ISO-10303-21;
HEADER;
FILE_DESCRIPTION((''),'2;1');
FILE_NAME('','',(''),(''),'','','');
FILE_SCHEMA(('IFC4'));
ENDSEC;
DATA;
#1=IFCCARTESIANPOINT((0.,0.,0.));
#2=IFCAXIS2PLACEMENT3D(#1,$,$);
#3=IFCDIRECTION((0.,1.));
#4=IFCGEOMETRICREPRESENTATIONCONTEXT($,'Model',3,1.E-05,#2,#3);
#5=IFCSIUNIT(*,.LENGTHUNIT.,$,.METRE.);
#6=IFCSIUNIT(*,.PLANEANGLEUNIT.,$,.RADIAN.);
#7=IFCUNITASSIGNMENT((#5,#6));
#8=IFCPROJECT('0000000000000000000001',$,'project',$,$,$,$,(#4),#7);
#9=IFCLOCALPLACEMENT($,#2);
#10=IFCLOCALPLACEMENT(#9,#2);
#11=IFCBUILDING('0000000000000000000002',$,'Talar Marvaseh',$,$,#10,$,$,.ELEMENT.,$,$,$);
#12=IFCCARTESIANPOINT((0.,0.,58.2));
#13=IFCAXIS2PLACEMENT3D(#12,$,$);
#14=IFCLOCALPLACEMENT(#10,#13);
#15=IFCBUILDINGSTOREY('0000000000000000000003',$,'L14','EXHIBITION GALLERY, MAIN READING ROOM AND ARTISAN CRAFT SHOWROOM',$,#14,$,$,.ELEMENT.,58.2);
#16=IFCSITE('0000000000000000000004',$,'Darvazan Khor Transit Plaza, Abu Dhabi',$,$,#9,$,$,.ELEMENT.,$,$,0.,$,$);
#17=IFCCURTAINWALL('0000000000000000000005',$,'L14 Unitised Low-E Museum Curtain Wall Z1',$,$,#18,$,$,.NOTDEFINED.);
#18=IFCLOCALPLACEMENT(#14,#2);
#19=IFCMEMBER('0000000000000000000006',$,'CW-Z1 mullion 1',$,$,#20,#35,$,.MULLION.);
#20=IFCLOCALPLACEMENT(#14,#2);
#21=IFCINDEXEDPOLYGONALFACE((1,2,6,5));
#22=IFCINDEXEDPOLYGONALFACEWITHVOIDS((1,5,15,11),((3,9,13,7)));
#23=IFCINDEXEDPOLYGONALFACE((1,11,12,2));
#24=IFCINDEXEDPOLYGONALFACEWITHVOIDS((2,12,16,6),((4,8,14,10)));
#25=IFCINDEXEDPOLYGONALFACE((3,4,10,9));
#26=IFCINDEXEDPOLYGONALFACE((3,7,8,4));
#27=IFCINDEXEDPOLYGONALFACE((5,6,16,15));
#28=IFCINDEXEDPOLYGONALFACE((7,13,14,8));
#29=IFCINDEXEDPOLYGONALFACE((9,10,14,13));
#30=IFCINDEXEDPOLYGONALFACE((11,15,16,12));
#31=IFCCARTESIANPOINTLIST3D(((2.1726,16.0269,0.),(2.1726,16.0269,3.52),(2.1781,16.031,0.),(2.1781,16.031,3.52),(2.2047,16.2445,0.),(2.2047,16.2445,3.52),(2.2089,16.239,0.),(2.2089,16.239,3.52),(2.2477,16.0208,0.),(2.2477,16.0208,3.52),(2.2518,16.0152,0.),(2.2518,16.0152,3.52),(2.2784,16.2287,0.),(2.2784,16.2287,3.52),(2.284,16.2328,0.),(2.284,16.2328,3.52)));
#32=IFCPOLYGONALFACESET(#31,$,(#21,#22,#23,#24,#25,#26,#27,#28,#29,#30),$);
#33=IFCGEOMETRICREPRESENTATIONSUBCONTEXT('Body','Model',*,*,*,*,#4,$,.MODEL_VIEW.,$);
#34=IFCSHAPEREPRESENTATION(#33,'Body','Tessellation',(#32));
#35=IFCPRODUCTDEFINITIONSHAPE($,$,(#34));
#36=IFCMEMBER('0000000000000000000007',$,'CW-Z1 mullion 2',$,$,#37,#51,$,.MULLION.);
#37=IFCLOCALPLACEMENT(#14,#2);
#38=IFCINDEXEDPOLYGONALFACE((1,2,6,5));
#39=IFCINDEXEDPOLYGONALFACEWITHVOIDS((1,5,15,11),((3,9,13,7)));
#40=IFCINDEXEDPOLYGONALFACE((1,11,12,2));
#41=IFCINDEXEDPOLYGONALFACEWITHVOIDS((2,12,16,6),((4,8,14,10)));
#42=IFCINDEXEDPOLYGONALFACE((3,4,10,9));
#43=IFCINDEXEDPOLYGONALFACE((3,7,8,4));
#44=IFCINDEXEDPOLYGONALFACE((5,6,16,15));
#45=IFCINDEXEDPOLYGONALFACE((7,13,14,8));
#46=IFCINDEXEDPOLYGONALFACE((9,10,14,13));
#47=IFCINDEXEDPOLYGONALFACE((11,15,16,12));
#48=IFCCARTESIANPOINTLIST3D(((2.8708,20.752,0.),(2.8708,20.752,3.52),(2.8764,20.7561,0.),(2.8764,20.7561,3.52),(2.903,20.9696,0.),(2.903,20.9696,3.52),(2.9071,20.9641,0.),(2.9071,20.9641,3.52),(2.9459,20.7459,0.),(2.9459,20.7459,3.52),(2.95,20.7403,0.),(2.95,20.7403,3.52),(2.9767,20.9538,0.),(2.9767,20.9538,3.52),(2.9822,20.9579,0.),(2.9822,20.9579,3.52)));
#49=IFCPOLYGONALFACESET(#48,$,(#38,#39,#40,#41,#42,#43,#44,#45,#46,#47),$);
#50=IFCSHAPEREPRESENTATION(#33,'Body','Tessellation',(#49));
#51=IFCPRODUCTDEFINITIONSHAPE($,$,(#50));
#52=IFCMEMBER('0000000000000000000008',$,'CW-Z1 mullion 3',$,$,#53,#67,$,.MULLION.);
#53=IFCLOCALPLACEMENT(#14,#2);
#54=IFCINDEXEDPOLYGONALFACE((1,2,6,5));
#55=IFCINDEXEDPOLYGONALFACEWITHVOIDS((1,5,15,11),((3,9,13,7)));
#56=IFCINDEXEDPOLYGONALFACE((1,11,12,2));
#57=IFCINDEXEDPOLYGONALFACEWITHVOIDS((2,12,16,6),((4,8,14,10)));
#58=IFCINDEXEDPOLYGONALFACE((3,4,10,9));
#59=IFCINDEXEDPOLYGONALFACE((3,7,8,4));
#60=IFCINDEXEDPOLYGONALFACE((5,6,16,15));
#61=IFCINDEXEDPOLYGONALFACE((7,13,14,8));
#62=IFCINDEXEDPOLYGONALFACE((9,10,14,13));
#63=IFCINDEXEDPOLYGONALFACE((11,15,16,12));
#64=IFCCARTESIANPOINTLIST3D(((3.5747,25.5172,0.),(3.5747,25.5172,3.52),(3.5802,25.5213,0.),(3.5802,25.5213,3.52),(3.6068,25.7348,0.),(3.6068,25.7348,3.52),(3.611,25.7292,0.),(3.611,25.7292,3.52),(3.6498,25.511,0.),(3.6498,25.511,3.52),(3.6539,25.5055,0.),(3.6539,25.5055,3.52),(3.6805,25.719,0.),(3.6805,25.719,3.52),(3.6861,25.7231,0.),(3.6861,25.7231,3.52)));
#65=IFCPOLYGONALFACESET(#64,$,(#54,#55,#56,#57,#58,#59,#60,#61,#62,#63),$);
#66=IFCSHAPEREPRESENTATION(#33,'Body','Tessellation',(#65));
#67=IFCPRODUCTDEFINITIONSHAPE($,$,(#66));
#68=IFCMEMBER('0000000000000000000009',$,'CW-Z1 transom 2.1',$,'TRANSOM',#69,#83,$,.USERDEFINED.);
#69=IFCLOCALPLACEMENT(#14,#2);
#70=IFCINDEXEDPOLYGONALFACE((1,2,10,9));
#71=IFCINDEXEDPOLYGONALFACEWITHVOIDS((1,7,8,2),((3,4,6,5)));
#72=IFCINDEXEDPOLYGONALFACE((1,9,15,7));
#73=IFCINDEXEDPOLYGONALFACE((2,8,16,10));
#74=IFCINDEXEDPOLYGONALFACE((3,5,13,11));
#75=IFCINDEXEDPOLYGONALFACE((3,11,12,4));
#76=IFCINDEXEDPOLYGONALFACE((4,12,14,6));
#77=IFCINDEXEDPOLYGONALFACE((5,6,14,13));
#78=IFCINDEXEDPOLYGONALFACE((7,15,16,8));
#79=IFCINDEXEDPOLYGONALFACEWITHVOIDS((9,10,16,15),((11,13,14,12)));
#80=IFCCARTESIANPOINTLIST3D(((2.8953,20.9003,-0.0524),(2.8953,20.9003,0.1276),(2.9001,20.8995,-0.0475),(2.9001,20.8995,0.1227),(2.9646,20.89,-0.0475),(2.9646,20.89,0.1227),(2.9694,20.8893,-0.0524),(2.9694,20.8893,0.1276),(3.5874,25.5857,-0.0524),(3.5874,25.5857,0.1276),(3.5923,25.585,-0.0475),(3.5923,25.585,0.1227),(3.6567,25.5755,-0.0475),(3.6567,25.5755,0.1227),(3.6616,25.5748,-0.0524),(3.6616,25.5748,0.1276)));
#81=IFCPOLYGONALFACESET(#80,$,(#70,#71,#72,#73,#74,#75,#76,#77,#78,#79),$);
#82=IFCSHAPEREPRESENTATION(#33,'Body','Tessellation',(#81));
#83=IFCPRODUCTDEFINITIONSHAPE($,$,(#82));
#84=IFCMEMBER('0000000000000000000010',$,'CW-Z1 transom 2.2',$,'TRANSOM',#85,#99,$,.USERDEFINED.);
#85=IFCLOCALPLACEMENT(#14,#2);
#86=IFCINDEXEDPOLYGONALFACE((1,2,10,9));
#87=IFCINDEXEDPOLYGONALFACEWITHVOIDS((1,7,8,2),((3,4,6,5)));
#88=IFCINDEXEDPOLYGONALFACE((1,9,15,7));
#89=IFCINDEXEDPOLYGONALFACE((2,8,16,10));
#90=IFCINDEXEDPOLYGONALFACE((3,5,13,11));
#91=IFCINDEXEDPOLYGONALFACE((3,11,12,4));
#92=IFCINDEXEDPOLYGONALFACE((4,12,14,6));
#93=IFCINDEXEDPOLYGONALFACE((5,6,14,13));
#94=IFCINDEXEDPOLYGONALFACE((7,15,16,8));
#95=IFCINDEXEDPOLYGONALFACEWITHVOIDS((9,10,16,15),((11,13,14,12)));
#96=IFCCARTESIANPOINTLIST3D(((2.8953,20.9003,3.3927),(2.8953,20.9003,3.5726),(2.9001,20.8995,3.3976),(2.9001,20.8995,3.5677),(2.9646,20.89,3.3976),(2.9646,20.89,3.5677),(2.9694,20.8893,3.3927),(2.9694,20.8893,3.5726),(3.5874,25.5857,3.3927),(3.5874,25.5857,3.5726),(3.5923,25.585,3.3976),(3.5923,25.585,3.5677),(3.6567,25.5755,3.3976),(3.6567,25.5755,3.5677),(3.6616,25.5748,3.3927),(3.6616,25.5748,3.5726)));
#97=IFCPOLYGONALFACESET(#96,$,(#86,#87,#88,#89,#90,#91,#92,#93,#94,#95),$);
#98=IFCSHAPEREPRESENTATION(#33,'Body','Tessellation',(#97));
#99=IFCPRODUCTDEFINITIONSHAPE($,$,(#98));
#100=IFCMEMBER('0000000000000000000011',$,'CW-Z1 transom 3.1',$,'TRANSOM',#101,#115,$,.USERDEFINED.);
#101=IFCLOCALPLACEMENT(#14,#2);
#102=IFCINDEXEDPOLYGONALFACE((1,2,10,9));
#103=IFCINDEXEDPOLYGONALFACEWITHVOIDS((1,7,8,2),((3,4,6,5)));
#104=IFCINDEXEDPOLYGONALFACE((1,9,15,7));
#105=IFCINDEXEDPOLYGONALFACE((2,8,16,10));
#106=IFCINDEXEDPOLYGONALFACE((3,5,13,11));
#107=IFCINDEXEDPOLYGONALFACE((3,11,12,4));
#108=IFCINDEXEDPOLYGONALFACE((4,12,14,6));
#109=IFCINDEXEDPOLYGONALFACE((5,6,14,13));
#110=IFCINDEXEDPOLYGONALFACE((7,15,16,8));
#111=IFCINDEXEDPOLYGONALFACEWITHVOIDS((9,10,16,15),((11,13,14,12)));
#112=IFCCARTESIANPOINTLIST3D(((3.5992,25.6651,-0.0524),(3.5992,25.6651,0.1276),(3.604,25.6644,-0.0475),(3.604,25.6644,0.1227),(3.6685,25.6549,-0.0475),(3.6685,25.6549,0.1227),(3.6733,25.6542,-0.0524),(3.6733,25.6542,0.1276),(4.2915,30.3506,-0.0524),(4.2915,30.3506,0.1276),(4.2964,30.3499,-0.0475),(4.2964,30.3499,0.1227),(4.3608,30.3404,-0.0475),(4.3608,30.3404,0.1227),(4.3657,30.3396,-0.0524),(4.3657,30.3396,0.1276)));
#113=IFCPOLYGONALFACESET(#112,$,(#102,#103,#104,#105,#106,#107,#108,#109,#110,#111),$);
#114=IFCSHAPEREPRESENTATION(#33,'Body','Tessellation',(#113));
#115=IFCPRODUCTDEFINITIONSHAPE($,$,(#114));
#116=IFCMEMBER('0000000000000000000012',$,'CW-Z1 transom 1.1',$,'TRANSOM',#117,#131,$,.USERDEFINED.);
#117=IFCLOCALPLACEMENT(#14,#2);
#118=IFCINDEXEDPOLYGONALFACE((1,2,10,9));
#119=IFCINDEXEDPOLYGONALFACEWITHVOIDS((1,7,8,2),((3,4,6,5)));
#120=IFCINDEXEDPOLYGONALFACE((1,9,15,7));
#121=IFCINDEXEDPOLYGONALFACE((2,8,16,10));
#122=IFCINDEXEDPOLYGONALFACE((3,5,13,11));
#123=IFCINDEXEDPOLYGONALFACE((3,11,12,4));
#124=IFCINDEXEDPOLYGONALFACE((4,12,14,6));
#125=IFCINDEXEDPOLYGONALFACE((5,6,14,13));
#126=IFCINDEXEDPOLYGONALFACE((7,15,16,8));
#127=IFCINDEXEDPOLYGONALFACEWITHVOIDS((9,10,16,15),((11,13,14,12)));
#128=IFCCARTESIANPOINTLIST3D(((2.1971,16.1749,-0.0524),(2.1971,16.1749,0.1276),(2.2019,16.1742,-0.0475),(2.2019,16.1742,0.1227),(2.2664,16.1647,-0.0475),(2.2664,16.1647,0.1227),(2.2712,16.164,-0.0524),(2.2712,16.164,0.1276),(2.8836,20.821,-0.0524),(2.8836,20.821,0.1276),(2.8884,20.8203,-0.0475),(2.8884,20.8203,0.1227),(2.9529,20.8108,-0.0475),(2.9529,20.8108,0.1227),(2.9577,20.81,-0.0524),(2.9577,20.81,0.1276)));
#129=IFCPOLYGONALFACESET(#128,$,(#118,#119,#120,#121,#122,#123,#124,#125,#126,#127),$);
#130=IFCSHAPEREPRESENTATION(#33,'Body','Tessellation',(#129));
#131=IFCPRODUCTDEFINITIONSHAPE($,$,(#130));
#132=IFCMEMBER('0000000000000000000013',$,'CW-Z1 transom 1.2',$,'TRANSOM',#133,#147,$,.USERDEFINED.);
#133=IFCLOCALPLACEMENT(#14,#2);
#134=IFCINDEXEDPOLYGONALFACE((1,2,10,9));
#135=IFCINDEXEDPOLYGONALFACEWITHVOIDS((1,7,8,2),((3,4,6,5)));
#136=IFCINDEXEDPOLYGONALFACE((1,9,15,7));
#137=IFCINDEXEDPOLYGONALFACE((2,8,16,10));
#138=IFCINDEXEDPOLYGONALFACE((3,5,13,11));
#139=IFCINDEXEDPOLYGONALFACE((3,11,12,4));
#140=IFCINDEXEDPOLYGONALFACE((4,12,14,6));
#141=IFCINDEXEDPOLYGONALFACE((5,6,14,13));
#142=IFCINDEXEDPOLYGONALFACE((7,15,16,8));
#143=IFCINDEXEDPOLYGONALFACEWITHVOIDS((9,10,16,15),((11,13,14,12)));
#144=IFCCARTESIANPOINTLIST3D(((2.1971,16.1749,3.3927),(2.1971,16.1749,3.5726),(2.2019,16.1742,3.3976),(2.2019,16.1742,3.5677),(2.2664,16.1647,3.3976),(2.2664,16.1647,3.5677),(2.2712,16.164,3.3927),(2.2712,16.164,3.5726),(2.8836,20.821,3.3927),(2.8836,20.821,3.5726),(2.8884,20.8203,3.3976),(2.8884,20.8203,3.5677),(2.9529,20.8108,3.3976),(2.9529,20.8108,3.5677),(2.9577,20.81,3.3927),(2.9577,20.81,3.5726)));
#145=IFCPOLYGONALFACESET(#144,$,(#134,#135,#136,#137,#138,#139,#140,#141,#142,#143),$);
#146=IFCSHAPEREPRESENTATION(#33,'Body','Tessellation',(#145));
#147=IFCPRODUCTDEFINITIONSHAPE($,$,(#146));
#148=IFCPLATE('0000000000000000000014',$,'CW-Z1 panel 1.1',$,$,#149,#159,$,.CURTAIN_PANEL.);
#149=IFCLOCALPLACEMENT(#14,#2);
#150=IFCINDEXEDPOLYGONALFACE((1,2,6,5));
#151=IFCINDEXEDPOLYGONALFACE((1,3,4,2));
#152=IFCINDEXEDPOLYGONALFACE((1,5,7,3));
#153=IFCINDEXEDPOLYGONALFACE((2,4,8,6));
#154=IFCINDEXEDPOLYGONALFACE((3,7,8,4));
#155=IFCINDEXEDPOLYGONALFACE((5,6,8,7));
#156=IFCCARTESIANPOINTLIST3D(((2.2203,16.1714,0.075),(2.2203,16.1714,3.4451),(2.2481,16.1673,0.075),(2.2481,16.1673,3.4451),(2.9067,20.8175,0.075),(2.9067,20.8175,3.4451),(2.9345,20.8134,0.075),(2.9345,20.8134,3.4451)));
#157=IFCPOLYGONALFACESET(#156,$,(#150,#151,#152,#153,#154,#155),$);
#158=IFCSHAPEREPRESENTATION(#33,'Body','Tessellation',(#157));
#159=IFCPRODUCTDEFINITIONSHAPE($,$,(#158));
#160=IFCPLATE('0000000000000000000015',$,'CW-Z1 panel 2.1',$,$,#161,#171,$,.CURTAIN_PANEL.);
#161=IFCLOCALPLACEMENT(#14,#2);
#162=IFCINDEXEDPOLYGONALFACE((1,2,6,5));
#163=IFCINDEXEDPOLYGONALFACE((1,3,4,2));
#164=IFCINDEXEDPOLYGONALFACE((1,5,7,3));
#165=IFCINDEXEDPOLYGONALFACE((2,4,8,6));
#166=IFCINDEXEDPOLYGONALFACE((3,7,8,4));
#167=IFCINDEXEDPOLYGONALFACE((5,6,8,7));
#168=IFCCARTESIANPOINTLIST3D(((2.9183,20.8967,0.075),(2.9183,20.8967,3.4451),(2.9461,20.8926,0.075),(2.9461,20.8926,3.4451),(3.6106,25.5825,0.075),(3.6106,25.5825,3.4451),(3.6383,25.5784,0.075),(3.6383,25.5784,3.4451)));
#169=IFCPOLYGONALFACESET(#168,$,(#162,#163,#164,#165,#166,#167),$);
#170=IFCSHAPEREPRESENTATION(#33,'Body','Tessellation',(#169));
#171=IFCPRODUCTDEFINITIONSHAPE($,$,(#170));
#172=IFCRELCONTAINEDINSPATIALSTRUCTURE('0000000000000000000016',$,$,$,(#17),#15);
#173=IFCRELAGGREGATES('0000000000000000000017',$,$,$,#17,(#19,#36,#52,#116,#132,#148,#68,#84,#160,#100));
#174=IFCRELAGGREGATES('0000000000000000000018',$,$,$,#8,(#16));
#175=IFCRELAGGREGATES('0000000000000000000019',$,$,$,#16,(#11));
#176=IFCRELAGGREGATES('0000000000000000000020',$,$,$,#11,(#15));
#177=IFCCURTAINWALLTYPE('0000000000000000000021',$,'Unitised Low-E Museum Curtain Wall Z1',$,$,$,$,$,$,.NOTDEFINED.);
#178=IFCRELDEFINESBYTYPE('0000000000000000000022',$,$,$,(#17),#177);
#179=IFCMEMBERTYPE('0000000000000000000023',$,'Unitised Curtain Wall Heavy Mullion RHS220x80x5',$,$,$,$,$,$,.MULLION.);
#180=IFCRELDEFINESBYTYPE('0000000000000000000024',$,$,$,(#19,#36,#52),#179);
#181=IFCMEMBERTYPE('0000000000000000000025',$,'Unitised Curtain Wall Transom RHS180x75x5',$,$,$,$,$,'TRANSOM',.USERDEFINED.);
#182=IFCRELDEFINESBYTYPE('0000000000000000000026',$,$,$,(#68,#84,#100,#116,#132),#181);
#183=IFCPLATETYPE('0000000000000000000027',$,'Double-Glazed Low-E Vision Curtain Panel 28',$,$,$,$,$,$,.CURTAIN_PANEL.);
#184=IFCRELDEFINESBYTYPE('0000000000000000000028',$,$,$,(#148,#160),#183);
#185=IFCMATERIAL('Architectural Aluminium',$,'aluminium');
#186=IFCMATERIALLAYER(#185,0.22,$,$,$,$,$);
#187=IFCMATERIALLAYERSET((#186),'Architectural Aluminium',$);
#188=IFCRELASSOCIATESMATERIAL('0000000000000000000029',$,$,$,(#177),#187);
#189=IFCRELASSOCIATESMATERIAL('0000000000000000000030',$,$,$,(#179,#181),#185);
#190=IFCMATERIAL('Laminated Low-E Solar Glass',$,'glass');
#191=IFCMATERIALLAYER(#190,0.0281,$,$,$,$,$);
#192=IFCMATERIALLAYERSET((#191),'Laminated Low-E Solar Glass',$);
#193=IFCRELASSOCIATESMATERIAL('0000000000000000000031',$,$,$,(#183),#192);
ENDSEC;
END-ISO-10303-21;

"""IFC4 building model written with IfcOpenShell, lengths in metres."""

from ifc_helpers import new_model, si_unit, direction, frame, origin, origin_2d, place, context, subcontext, project, spatial, rectangle, hollow_rectangle, extrude, source, transform, mapped, material, layer, layer_set, material_profile, profile_set, type_object, type_shapes, element, aggregate, save


model = new_model("IFC4")

# Units and contexts
model_context = context("Model", 3, precision=1e-05, world=origin(), true_north=direction((0.0, 1.0)))
body_context = subcontext(model_context, "Body", "Model", "MODEL_VIEW")
ifc_project = project(units=[si_unit("LENGTHUNIT", "METRE"), si_unit("PLANEANGLEUNIT", "RADIAN")], contexts=[model_context])

# Site, building, storey
site_placement = place(None, origin())
site = spatial("IfcSite", under=ifc_project, at=site_placement, Name="Darvazan Khor Transit Plaza, Abu Dhabi", CompositionType="ELEMENT", RefElevation=0.0)
building_placement = place(site_placement, origin())
building = spatial("IfcBuilding", under=site, at=building_placement, Name="Talar Marvaseh", CompositionType="ELEMENT")
storey_placement = place(building_placement, frame((0.0, 0.0, 58.2)))
storey = spatial("IfcBuildingStorey", under=building, at=storey_placement, Name="L14", Description="EXHIBITION GALLERY, MAIN READING ROOM AND ARTISAN CRAFT SHOWROOM", CompositionType="ELEMENT", Elevation=58.2)

# Curtain wall, members, plates
ifc_material_1 = material(Name="Architectural Aluminium", Category="aluminium")
ifc_layer_1 = layer(ifc_material_1, 0.22)
ifc_layer_set_1 = layer_set([ifc_layer_1], Name="Architectural Aluminium")
curtain_wall_type = type_object("IfcCurtainWallType", Name="Unitised Low-E Museum Curtain Wall Z1", PredefinedType="NOTDEFINED", material=ifc_layer_set_1)
curtain_wall_placement = place(storey_placement, origin())
curtain_wall = element("IfcCurtainWall", 1, at=curtain_wall_placement, inside=storey, type_object=curtain_wall_type, Name="L14 Unitised Low-E Museum Curtain Wall Z1", PredefinedType="NOTDEFINED")
ifc_material_profile_1 = material_profile(ifc_material_1, hollow_rectangle(XDim=0.0801, YDim=0.22, WallThickness=0.0049, at=origin_2d()), Name="RHS220x80x5")
ifc_profile_set_1 = profile_set([ifc_material_profile_1], Name="Architectural Aluminium")
member_type_1 = type_object("IfcMemberType", Name="Unitised Curtain Wall Heavy Mullion RHS220x80x5", PredefinedType="MULLION", material=ifc_profile_set_1)
shared_shape_1 = source(origin(), body_context, "Body", "SweptSolid", [
    extrude(hollow_rectangle(XDim=0.0801, YDim=0.22, WallThickness=0.0049, at=origin_2d()), origin(), (0.0, 0.0, 1.0), 3.52),
])
type_shapes(member_type_1, [shared_shape_1])
member_1_placement = place(storey_placement, frame((2.2283, 16.1299, 0.0), z_axis=(0.0, 0.0, 1.0), x_axis=(-0.989262, 0.14615, 0.0)))
member_1 = element("IfcMember", 2, at=member_1_placement, type_object=member_type_1, Name="CW-Z1 mullion 1", PredefinedType="MULLION", context=body_context, shape_type="MappedRepresentation", body=[
    mapped(shared_shape_1, transform((0.0, 0.0, 0.0), x_axis=(1.0, 0.0, 0.0), y_axis=(0.0, 1.0, 0.0), z_axis=(0.0, 0.0, 1.0), scale=1.0)),
])
member_2_placement = place(storey_placement, frame((2.9265, 20.855, 0.0), z_axis=(0.0, 0.0, 1.0), x_axis=(-0.989262, 0.14615, 0.0)))
member_2 = element("IfcMember", 3, at=member_2_placement, type_object=member_type_1, Name="CW-Z1 mullion 2", PredefinedType="MULLION", context=body_context, shape_type="MappedRepresentation", body=[
    mapped(shared_shape_1, transform((0.0, 0.0, 0.0), x_axis=(1.0, 0.0, 0.0), y_axis=(0.0, 1.0, 0.0), z_axis=(0.0, 0.0, 1.0), scale=1.0)),
])
member_3_placement = place(storey_placement, frame((3.6304, 25.6201, 0.0), z_axis=(0.0, 0.0, 1.0), x_axis=(-0.989262, 0.14615, 0.0)))
member_3 = element("IfcMember", 4, at=member_3_placement, type_object=member_type_1, Name="CW-Z1 mullion 3", PredefinedType="MULLION", context=body_context, shape_type="MappedRepresentation", body=[
    mapped(shared_shape_1, transform((0.0, 0.0, 0.0), x_axis=(1.0, 0.0, 0.0), y_axis=(0.0, 1.0, 0.0), z_axis=(0.0, 0.0, 1.0), scale=1.0)),
])
ifc_material_profile_2 = material_profile(ifc_material_1, hollow_rectangle(XDim=0.075, YDim=0.1799, WallThickness=0.0049, at=origin_2d()), Name="RHS180x75x5")
ifc_profile_set_2 = profile_set([ifc_material_profile_2], Name="Architectural Aluminium")
member_type_2 = type_object("IfcMemberType", Name="Unitised Curtain Wall Transom RHS180x75x5", ElementType="TRANSOM", PredefinedType="USERDEFINED", material=ifc_profile_set_2)
shared_shape_2 = source(origin(), body_context, "Body", "SweptSolid", [
    extrude(hollow_rectangle(XDim=0.075, YDim=0.1799, WallThickness=0.0049, at=origin_2d()), origin(), (0.0, 0.0, 1.0), 4.7363),
])
member_4_placement = place(storey_placement, frame((2.9324, 20.8948, 0.0376), z_axis=(0.146132, 0.989265, 0.0), x_axis=(-0.989265, 0.146132, 0.0)))
member_4 = element("IfcMember", 5, at=member_4_placement, type_object=member_type_2, Name="CW-Z1 transom 2.1", ObjectType="TRANSOM", PredefinedType="USERDEFINED", context=body_context, shape_type="MappedRepresentation", body=[
    mapped(shared_shape_2, transform((0.0, 0.0, 0.0), x_axis=(1.0, 0.0, 0.0), y_axis=(0.0, 1.0, 0.0), z_axis=(0.0, 0.0, 1.0), scale=1.0)),
])
member_5_placement = place(storey_placement, frame((2.9324, 20.8948, 3.4827), z_axis=(0.146132, 0.989265, 0.0), x_axis=(-0.989265, 0.146132, 0.0)))
member_5 = element("IfcMember", 6, at=member_5_placement, type_object=member_type_2, Name="CW-Z1 transom 2.2", ObjectType="TRANSOM", PredefinedType="USERDEFINED", context=body_context, shape_type="MappedRepresentation", body=[
    mapped(shared_shape_2, transform((0.0, 0.0, 0.0), x_axis=(1.0, 0.0, 0.0), y_axis=(0.0, 1.0, 0.0), z_axis=(0.0, 0.0, 1.0), scale=1.0)),
])
member_6_placement = place(storey_placement, frame((3.6362, 25.6597, 0.0376), z_axis=(0.146183, 0.989258, 0.0), x_axis=(-0.989258, 0.146183, 0.0)))
member_6 = element("IfcMember", 7, at=member_6_placement, type_object=member_type_2, Name="CW-Z1 transom 3.1", ObjectType="TRANSOM", PredefinedType="USERDEFINED", context=body_context, shape_type="MappedRepresentation", body=[
    mapped(shared_shape_2, transform((0.0, 0.0, 0.0), x_axis=(1.0, 0.0, 0.0), y_axis=(0.0, 1.0, 0.0), z_axis=(0.0, 0.0, 1.0), scale=1.0)),
])
shared_shape_3 = source(origin(), body_context, "Body", "SweptSolid", [
    extrude(hollow_rectangle(XDim=0.075, YDim=0.1799, WallThickness=0.0049, at=origin_2d()), origin(), (0.0, 0.0, 1.0), 4.6965),
])
type_shapes(member_type_2, [shared_shape_2, shared_shape_3])
member_7_placement = place(storey_placement, frame((2.2341, 16.1694, 0.0376), z_axis=(0.146179, 0.989258, 0.0), x_axis=(-0.989258, 0.146179, 0.0)))
member_7 = element("IfcMember", 8, at=member_7_placement, type_object=member_type_2, Name="CW-Z1 transom 1.1", ObjectType="TRANSOM", PredefinedType="USERDEFINED", context=body_context, shape_type="MappedRepresentation", body=[
    mapped(shared_shape_3, transform((0.0, 0.0, 0.0), x_axis=(1.0, 0.0, 0.0), y_axis=(0.0, 1.0, 0.0), z_axis=(0.0, 0.0, 1.0), scale=1.0)),
])
member_8_placement = place(storey_placement, frame((2.2341, 16.1694, 3.4827), z_axis=(0.146179, 0.989258, 0.0), x_axis=(-0.989258, 0.146179, 0.0)))
member_8 = element("IfcMember", 9, at=member_8_placement, type_object=member_type_2, Name="CW-Z1 transom 1.2", ObjectType="TRANSOM", PredefinedType="USERDEFINED", context=body_context, shape_type="MappedRepresentation", body=[
    mapped(shared_shape_3, transform((0.0, 0.0, 0.0), x_axis=(1.0, 0.0, 0.0), y_axis=(0.0, 1.0, 0.0), z_axis=(0.0, 0.0, 1.0), scale=1.0)),
])
ifc_material_2 = material(Name="Laminated Low-E Solar Glass", Category="glass")
ifc_layer_2 = layer(ifc_material_2, 0.0281)
ifc_layer_set_2 = layer_set([ifc_layer_2], Name="Laminated Low-E Solar Glass")
plate_type = type_object("IfcPlateType", Name="Double-Glazed Low-E Vision Curtain Panel 28", PredefinedType="CURTAIN_PANEL", material=ifc_layer_set_2)
shared_shape_4 = source(origin(), body_context, "Body", "SweptSolid", [
    extrude(rectangle(XDim=4.6965, YDim=0.0281, at=origin_2d()), origin(), (0.0, 0.0, 1.0), 3.3701),
])
plate_1_placement = place(storey_placement, frame((2.5774, 18.4924, 0.075), z_axis=(0.0, 0.0, 1.0), x_axis=(0.14615, 0.989262, 0.0)))
plate_1 = element("IfcPlate", 10, at=plate_1_placement, type_object=plate_type, Name="CW-Z1 panel 1.1", PredefinedType="CURTAIN_PANEL", context=body_context, shape_type="MappedRepresentation", body=[
    mapped(shared_shape_4, transform((0.0, 0.0, 0.0), x_axis=(1.0, 0.0, 0.0), y_axis=(0.0, 1.0, 0.0), z_axis=(0.0, 0.0, 1.0), scale=1.0)),
])
shared_shape_5 = source(origin(), body_context, "Body", "SweptSolid", [
    extrude(rectangle(XDim=4.7366, YDim=0.0281, at=origin_2d()), origin(), (0.0, 0.0, 1.0), 3.3701),
])
type_shapes(plate_type, [shared_shape_4, shared_shape_5])
plate_2_placement = place(storey_placement, frame((3.2783, 23.2375, 0.075), z_axis=(0.0, 0.0, 1.0), x_axis=(0.14615, 0.989262, 0.0)))
plate_2 = element("IfcPlate", 11, at=plate_2_placement, type_object=plate_type, Name="CW-Z1 panel 2.1", PredefinedType="CURTAIN_PANEL", context=body_context, shape_type="MappedRepresentation", body=[
    mapped(shared_shape_5, transform((0.0, 0.0, 0.0), x_axis=(1.0, 0.0, 0.0), y_axis=(0.0, 1.0, 0.0), z_axis=(0.0, 0.0, 1.0), scale=1.0)),
])
aggregate(curtain_wall, [member_1, member_2, member_3, member_7, member_8, plate_1, member_4, member_5, plate_2, member_6])

save(model, "model.ifc")
